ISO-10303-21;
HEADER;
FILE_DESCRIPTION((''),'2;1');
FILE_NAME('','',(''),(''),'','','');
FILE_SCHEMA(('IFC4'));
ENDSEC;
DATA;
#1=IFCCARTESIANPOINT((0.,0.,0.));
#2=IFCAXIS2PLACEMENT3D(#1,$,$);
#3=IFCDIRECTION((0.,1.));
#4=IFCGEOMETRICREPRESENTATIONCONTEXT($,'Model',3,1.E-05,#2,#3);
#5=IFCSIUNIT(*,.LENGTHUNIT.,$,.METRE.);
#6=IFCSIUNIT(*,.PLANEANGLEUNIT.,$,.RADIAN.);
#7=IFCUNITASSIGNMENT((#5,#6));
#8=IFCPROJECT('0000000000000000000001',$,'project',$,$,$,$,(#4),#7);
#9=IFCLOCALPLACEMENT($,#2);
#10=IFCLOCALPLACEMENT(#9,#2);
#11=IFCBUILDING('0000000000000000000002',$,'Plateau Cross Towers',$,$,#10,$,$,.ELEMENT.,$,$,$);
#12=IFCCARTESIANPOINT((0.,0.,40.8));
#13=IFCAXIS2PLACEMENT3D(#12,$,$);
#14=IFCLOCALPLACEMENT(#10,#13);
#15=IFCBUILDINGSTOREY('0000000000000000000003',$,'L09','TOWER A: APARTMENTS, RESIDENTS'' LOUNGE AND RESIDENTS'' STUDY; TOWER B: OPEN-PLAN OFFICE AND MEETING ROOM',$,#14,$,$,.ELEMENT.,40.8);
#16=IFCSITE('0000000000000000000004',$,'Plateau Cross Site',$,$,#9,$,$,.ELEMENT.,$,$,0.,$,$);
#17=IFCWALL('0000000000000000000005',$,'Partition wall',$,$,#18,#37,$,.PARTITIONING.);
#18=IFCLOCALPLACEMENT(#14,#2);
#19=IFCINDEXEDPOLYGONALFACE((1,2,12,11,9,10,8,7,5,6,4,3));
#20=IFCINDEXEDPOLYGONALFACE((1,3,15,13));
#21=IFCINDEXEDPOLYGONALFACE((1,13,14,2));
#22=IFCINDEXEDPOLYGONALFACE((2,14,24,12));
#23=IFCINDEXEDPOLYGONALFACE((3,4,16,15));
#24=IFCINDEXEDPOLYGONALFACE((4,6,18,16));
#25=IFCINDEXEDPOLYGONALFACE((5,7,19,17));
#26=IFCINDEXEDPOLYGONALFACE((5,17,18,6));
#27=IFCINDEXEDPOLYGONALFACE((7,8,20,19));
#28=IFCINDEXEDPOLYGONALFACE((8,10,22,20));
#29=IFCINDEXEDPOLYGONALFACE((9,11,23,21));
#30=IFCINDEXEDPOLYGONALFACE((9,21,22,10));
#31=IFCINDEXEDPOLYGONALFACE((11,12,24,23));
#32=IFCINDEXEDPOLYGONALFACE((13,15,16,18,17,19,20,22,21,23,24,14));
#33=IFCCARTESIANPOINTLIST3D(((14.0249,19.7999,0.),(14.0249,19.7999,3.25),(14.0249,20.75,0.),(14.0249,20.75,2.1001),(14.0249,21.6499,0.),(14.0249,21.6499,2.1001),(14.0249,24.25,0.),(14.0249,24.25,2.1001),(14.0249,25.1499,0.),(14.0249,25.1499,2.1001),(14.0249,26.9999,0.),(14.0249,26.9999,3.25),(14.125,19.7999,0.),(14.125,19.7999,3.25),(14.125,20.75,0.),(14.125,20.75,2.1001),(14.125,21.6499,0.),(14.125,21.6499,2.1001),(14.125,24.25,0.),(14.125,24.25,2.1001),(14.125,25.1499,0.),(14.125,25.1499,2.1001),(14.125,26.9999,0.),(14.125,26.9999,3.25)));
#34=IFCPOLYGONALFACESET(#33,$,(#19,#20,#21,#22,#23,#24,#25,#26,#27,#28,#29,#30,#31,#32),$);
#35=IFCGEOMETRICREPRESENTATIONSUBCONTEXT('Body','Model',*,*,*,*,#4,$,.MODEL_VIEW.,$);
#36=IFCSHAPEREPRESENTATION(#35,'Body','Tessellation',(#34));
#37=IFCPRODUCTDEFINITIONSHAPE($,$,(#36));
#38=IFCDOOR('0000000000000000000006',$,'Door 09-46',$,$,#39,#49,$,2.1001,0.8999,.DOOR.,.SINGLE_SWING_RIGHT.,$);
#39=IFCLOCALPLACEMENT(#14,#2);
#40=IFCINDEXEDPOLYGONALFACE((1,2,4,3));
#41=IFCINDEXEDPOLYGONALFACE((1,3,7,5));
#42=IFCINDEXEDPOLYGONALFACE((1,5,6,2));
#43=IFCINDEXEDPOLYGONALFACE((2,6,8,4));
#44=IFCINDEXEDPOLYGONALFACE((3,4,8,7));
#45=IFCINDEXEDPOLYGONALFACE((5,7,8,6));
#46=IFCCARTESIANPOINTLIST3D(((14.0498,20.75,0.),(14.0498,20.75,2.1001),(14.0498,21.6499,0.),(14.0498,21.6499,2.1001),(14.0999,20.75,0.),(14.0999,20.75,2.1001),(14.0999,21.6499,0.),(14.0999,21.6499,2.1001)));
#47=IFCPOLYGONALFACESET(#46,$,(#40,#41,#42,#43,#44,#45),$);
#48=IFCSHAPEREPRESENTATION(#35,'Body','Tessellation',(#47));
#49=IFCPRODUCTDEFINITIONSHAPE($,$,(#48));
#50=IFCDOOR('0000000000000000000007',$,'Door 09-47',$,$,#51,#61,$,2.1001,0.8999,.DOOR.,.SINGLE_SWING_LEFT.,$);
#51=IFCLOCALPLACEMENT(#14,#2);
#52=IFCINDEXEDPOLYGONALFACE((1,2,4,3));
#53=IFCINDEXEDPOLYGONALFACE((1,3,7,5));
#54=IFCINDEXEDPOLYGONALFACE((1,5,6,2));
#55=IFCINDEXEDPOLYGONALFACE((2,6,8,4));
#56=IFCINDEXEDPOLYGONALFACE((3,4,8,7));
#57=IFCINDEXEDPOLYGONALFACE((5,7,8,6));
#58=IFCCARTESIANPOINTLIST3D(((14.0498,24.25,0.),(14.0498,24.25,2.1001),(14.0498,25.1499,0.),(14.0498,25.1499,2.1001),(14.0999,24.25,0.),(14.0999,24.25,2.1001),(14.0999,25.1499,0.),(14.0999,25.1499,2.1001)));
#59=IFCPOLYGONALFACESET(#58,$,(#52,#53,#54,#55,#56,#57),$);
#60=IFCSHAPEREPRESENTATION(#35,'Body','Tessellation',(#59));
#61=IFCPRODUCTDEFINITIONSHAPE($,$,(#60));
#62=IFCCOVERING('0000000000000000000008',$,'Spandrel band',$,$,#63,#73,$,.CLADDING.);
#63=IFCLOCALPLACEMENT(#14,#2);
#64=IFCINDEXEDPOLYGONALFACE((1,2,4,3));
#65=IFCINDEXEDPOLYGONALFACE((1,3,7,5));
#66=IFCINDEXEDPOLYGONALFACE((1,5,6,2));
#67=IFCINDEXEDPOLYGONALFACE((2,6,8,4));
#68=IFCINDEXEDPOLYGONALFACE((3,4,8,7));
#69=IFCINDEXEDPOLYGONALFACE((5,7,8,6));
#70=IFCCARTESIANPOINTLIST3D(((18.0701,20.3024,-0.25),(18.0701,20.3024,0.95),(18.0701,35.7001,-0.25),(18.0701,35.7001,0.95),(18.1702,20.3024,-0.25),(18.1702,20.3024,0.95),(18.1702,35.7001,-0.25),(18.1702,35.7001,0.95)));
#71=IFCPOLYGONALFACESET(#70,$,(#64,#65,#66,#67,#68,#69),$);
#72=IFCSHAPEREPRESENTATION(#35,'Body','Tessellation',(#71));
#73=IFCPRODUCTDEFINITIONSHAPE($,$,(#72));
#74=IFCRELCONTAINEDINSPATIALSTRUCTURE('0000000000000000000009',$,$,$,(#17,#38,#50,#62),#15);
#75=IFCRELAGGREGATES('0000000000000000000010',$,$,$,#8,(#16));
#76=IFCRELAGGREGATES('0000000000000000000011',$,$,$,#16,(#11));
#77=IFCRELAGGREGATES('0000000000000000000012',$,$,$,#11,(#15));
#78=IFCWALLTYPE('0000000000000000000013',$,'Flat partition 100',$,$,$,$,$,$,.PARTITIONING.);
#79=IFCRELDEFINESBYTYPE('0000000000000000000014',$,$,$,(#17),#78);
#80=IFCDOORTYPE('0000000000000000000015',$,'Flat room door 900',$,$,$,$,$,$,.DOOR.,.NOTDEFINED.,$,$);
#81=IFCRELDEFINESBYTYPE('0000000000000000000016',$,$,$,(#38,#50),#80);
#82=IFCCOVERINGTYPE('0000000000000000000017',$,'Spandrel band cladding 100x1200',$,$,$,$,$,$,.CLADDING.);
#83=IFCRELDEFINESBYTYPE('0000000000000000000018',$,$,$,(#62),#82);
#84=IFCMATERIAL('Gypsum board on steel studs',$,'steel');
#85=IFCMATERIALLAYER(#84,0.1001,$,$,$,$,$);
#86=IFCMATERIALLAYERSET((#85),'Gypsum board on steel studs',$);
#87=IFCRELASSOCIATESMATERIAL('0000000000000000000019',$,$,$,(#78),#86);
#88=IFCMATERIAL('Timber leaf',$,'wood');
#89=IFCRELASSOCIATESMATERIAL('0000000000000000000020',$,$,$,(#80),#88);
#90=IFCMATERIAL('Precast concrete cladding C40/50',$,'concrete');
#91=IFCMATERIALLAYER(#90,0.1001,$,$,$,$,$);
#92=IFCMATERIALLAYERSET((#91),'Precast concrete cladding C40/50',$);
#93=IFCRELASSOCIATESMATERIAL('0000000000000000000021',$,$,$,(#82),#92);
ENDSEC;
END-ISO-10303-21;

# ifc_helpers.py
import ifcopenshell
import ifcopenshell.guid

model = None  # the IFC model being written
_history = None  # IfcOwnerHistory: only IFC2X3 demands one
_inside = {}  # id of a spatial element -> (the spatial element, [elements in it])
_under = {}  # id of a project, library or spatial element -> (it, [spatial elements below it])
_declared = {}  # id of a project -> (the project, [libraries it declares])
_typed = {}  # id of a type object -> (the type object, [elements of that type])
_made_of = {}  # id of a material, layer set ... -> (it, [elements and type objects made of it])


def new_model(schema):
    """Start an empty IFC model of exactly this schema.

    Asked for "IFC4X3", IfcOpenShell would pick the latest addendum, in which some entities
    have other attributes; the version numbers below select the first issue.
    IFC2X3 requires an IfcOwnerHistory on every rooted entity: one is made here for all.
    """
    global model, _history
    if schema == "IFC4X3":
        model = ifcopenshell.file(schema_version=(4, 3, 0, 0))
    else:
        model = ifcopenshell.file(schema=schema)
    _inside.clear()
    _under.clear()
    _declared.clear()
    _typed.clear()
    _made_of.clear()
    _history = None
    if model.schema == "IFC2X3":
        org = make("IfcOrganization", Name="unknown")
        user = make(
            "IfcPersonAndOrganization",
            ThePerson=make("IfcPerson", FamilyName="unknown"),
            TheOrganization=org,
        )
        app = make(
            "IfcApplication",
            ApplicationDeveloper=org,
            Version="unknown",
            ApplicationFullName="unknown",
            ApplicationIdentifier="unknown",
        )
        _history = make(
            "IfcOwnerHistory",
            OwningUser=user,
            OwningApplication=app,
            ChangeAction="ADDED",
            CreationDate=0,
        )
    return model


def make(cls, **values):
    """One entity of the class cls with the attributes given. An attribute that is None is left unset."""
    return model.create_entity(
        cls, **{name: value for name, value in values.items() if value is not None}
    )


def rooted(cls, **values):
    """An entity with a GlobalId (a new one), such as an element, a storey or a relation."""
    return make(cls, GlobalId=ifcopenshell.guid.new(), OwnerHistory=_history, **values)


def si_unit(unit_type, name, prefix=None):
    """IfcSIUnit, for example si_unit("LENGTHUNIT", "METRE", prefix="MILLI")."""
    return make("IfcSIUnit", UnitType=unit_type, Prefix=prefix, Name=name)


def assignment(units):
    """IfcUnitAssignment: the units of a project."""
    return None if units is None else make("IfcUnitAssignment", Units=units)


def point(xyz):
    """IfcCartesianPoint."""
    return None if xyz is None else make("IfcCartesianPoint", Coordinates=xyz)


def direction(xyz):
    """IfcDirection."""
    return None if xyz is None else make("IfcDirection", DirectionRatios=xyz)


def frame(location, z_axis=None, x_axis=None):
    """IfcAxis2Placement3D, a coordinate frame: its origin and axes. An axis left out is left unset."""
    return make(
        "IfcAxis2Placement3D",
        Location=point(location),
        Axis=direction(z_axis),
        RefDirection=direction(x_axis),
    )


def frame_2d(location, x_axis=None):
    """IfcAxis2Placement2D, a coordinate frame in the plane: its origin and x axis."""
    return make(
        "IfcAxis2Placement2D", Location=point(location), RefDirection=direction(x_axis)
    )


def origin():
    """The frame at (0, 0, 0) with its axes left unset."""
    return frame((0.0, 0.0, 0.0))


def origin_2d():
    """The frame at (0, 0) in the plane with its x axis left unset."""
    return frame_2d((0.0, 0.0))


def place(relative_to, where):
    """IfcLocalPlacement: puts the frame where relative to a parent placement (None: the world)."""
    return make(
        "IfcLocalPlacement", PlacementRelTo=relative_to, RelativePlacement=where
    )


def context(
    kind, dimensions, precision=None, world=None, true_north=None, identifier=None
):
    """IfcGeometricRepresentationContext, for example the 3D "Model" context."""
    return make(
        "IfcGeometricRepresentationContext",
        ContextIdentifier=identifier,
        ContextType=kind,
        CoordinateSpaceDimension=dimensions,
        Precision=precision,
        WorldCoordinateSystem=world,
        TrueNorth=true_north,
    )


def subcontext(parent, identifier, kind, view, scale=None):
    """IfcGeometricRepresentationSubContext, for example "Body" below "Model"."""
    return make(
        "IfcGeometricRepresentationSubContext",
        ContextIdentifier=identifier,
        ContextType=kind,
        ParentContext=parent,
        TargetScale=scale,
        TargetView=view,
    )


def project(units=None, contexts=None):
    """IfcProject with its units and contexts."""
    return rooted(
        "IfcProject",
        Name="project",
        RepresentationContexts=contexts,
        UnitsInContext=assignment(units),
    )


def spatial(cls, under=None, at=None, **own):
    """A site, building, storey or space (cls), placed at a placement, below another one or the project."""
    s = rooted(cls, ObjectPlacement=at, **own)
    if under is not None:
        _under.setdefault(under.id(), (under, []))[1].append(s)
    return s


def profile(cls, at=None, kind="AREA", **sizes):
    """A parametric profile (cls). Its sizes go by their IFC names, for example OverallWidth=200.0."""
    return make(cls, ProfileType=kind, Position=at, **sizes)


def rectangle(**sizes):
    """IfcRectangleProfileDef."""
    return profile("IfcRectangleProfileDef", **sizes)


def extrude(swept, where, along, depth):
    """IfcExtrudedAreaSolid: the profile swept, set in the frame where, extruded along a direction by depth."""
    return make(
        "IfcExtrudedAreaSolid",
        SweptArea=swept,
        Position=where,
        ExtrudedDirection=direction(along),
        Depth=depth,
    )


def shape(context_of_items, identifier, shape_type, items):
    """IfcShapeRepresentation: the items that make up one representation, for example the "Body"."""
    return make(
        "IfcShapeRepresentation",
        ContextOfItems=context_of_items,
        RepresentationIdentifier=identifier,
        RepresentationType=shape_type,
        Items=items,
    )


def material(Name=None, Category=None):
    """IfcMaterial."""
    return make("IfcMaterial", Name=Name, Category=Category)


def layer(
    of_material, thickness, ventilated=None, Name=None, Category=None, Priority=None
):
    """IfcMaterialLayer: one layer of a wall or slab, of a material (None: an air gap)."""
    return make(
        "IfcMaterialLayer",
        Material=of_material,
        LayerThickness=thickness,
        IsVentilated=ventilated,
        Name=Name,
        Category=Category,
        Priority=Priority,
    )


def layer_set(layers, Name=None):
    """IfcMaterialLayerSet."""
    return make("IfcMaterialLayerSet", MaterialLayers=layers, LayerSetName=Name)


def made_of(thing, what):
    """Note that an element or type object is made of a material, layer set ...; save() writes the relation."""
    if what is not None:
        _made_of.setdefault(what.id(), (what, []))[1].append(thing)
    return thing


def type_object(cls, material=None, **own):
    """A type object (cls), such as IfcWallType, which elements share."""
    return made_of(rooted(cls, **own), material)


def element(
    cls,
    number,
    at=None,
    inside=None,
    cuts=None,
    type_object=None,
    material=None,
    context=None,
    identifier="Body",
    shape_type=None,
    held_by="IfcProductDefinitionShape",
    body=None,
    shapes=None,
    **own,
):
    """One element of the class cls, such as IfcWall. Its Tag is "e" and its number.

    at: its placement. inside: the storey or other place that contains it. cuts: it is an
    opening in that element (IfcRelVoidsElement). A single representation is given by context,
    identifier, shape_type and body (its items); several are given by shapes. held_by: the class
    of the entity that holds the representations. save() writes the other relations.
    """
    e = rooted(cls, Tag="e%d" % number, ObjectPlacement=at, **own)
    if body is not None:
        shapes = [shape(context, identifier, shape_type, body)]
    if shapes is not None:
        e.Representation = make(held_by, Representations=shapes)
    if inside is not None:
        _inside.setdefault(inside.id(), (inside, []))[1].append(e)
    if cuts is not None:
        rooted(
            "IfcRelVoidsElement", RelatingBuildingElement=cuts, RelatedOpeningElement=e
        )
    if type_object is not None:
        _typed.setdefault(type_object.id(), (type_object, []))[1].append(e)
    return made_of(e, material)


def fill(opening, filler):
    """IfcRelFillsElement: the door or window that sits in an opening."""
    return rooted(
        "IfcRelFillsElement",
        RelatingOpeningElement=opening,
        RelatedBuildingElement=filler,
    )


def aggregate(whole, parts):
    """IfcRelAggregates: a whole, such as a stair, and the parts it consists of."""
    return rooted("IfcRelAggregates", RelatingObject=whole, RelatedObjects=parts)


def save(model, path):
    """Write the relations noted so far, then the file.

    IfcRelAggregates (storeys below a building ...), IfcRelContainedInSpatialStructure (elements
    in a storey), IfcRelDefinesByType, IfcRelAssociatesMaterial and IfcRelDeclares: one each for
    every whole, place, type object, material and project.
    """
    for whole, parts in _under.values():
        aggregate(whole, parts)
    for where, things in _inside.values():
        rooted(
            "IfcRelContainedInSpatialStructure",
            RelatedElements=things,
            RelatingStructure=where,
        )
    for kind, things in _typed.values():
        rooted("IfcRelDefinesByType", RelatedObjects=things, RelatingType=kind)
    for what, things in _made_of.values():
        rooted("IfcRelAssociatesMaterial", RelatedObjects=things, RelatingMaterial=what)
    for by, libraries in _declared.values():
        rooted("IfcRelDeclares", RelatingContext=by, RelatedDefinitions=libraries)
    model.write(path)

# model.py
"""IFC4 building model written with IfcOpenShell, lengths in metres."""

from ifc_helpers import new_model, si_unit, direction, frame, frame_2d, origin, origin_2d, place, context, subcontext, project, spatial, rectangle, extrude, material, layer, layer_set, type_object, element, fill, save


model = new_model("IFC4")

# Units and contexts
model_context = context("Model", 3, precision=1e-05, world=origin(), true_north=direction((0.0, 1.0)))
body_context = subcontext(model_context, "Body", "Model", "MODEL_VIEW")
ifc_project = project(units=[si_unit("LENGTHUNIT", "METRE"), si_unit("PLANEANGLEUNIT", "RADIAN")], contexts=[model_context])

# Site, building, storey
site_placement = place(None, origin())
site = spatial("IfcSite", under=ifc_project, at=site_placement, Name="Plateau Cross Site", CompositionType="ELEMENT", RefElevation=0.0)
building_placement = place(site_placement, origin())
building = spatial("IfcBuilding", under=site, at=building_placement, Name="Plateau Cross Towers", CompositionType="ELEMENT")
storey_placement = place(building_placement, frame((0.0, 0.0, 40.8)))
storey = spatial("IfcBuildingStorey", under=building, at=storey_placement, Name="L09", Description="TOWER A: APARTMENTS, RESIDENTS' LOUNGE AND RESIDENTS' STUDY; TOWER B: OPEN-PLAN OFFICE AND MEETING ROOM", CompositionType="ELEMENT", Elevation=40.8)

# Shared definitions
ifc_material_1 = material(Name="Gypsum board on steel studs", Category="steel")
ifc_layer_1 = layer(ifc_material_1, 0.1001)
ifc_layer_set_1 = layer_set([ifc_layer_1], Name="Gypsum board on steel studs")
wall_type_1 = type_object("IfcWallType", Name="Flat partition 100", PredefinedType="PARTITIONING", material=ifc_layer_set_1)
ifc_material_2 = material(Name="Timber leaf", Category="wood")
door_type_1 = type_object("IfcDoorType", Name="Flat room door 900", OperationType="NOTDEFINED", PredefinedType="DOOR", material=ifc_material_2)

# Wall, openings, doors
wall_1_placement = place(storey_placement, frame((14.075, 27.0, 0.0), z_axis=(0.0, 0.0, 1.0), x_axis=(0.0, -1.0, 0.0)))
wall_1 = element("IfcWall", 1, at=wall_1_placement, inside=storey, type_object=wall_type_1, Name="Partition wall", PredefinedType="PARTITIONING", context=body_context, shape_type="SweptSolid", body=[
    extrude(rectangle(XDim=7.2, YDim=0.1001, at=frame_2d((3.6001, 0.0))), origin(), (0.0, 0.0, 1.0), 3.25),
])
opening_1_placement = place(wall_1_placement, frame((5.3501, 0.0, 0.0)))
opening_1 = element("IfcOpeningElement", 2, at=opening_1_placement, cuts=wall_1, PredefinedType="OPENING", context=body_context, shape_type="SweptSolid", body=[
    extrude(rectangle(XDim=0.8999, YDim=2.1001, at=frame_2d((0.45, 1.05))), frame((0.0, 0.0601, 0.0), z_axis=(0.0, -1.0, 0.0), x_axis=(1.0, 0.0, 0.0)), (0.0, 0.0, 1.0), 0.1201),
])
opening_2_placement = place(wall_1_placement, frame((1.8501, 0.0, 0.0)))
opening_2 = element("IfcOpeningElement", 3, at=opening_2_placement, cuts=wall_1, PredefinedType="OPENING", context=body_context, shape_type="SweptSolid", body=[
    extrude(rectangle(XDim=0.8999, YDim=2.1001, at=frame_2d((0.45, 1.05))), frame((0.0, 0.0601, 0.0), z_axis=(0.0, -1.0, 0.0), x_axis=(1.0, 0.0, 0.0)), (0.0, 0.0, 1.0), 0.1201),
])
door_1_placement = place(opening_1_placement, origin())
door_1 = element("IfcDoor", 4, at=door_1_placement, inside=storey, type_object=door_type_1, Name="Door 09-46", OperationType="SINGLE_SWING_RIGHT", OverallHeight=2.1001, OverallWidth=0.8999, PredefinedType="DOOR", context=body_context, shape_type="SweptSolid", body=[
    extrude(rectangle(XDim=0.8999, YDim=2.1001, at=frame_2d((0.45, 1.05))), frame((0.0, 0.0249, 0.0), z_axis=(0.0, -1.0, 0.0), x_axis=(1.0, 0.0, 0.0)), (0.0, 0.0, 1.0), 0.05),
])
fill(opening_1, door_1)
door_2_placement = place(opening_2_placement, origin())
door_2 = element("IfcDoor", 5, at=door_2_placement, inside=storey, type_object=door_type_1, Name="Door 09-47", OperationType="SINGLE_SWING_LEFT", OverallHeight=2.1001, OverallWidth=0.8999, PredefinedType="DOOR", context=body_context, shape_type="SweptSolid", body=[
    extrude(rectangle(XDim=0.8999, YDim=2.1001, at=frame_2d((0.45, 1.05))), frame((0.0, 0.0249, 0.0), z_axis=(0.0, -1.0, 0.0), x_axis=(1.0, 0.0, 0.0)), (0.0, 0.0, 1.0), 0.05),
])
fill(opening_2, door_2)

# Covering
ifc_material_3 = material(Name="Precast concrete cladding C40/50", Category="concrete")
ifc_layer_2 = layer(ifc_material_3, 0.1001)
ifc_layer_set_2 = layer_set([ifc_layer_2], Name="Precast concrete cladding C40/50")
covering_type = type_object("IfcCoveringType", Name="Spandrel band cladding 100x1200", PredefinedType="CLADDING", material=ifc_layer_set_2)
covering_placement = place(storey_placement, frame((18.1201, 28.0012, -0.25), z_axis=(0.0, 0.0, 1.0), x_axis=(0.0, 1.0, 0.0)))
element("IfcCovering", 6, at=covering_placement, inside=storey, type_object=covering_type, Name="Spandrel band", PredefinedType="CLADDING", context=body_context, shape_type="SweptSolid", body=[
    extrude(rectangle(XDim=15.3977, YDim=0.1001, at=origin_2d()), origin(), (0.0, 0.0, 1.0), 1.2),
])

save(model, "model.ifc")
